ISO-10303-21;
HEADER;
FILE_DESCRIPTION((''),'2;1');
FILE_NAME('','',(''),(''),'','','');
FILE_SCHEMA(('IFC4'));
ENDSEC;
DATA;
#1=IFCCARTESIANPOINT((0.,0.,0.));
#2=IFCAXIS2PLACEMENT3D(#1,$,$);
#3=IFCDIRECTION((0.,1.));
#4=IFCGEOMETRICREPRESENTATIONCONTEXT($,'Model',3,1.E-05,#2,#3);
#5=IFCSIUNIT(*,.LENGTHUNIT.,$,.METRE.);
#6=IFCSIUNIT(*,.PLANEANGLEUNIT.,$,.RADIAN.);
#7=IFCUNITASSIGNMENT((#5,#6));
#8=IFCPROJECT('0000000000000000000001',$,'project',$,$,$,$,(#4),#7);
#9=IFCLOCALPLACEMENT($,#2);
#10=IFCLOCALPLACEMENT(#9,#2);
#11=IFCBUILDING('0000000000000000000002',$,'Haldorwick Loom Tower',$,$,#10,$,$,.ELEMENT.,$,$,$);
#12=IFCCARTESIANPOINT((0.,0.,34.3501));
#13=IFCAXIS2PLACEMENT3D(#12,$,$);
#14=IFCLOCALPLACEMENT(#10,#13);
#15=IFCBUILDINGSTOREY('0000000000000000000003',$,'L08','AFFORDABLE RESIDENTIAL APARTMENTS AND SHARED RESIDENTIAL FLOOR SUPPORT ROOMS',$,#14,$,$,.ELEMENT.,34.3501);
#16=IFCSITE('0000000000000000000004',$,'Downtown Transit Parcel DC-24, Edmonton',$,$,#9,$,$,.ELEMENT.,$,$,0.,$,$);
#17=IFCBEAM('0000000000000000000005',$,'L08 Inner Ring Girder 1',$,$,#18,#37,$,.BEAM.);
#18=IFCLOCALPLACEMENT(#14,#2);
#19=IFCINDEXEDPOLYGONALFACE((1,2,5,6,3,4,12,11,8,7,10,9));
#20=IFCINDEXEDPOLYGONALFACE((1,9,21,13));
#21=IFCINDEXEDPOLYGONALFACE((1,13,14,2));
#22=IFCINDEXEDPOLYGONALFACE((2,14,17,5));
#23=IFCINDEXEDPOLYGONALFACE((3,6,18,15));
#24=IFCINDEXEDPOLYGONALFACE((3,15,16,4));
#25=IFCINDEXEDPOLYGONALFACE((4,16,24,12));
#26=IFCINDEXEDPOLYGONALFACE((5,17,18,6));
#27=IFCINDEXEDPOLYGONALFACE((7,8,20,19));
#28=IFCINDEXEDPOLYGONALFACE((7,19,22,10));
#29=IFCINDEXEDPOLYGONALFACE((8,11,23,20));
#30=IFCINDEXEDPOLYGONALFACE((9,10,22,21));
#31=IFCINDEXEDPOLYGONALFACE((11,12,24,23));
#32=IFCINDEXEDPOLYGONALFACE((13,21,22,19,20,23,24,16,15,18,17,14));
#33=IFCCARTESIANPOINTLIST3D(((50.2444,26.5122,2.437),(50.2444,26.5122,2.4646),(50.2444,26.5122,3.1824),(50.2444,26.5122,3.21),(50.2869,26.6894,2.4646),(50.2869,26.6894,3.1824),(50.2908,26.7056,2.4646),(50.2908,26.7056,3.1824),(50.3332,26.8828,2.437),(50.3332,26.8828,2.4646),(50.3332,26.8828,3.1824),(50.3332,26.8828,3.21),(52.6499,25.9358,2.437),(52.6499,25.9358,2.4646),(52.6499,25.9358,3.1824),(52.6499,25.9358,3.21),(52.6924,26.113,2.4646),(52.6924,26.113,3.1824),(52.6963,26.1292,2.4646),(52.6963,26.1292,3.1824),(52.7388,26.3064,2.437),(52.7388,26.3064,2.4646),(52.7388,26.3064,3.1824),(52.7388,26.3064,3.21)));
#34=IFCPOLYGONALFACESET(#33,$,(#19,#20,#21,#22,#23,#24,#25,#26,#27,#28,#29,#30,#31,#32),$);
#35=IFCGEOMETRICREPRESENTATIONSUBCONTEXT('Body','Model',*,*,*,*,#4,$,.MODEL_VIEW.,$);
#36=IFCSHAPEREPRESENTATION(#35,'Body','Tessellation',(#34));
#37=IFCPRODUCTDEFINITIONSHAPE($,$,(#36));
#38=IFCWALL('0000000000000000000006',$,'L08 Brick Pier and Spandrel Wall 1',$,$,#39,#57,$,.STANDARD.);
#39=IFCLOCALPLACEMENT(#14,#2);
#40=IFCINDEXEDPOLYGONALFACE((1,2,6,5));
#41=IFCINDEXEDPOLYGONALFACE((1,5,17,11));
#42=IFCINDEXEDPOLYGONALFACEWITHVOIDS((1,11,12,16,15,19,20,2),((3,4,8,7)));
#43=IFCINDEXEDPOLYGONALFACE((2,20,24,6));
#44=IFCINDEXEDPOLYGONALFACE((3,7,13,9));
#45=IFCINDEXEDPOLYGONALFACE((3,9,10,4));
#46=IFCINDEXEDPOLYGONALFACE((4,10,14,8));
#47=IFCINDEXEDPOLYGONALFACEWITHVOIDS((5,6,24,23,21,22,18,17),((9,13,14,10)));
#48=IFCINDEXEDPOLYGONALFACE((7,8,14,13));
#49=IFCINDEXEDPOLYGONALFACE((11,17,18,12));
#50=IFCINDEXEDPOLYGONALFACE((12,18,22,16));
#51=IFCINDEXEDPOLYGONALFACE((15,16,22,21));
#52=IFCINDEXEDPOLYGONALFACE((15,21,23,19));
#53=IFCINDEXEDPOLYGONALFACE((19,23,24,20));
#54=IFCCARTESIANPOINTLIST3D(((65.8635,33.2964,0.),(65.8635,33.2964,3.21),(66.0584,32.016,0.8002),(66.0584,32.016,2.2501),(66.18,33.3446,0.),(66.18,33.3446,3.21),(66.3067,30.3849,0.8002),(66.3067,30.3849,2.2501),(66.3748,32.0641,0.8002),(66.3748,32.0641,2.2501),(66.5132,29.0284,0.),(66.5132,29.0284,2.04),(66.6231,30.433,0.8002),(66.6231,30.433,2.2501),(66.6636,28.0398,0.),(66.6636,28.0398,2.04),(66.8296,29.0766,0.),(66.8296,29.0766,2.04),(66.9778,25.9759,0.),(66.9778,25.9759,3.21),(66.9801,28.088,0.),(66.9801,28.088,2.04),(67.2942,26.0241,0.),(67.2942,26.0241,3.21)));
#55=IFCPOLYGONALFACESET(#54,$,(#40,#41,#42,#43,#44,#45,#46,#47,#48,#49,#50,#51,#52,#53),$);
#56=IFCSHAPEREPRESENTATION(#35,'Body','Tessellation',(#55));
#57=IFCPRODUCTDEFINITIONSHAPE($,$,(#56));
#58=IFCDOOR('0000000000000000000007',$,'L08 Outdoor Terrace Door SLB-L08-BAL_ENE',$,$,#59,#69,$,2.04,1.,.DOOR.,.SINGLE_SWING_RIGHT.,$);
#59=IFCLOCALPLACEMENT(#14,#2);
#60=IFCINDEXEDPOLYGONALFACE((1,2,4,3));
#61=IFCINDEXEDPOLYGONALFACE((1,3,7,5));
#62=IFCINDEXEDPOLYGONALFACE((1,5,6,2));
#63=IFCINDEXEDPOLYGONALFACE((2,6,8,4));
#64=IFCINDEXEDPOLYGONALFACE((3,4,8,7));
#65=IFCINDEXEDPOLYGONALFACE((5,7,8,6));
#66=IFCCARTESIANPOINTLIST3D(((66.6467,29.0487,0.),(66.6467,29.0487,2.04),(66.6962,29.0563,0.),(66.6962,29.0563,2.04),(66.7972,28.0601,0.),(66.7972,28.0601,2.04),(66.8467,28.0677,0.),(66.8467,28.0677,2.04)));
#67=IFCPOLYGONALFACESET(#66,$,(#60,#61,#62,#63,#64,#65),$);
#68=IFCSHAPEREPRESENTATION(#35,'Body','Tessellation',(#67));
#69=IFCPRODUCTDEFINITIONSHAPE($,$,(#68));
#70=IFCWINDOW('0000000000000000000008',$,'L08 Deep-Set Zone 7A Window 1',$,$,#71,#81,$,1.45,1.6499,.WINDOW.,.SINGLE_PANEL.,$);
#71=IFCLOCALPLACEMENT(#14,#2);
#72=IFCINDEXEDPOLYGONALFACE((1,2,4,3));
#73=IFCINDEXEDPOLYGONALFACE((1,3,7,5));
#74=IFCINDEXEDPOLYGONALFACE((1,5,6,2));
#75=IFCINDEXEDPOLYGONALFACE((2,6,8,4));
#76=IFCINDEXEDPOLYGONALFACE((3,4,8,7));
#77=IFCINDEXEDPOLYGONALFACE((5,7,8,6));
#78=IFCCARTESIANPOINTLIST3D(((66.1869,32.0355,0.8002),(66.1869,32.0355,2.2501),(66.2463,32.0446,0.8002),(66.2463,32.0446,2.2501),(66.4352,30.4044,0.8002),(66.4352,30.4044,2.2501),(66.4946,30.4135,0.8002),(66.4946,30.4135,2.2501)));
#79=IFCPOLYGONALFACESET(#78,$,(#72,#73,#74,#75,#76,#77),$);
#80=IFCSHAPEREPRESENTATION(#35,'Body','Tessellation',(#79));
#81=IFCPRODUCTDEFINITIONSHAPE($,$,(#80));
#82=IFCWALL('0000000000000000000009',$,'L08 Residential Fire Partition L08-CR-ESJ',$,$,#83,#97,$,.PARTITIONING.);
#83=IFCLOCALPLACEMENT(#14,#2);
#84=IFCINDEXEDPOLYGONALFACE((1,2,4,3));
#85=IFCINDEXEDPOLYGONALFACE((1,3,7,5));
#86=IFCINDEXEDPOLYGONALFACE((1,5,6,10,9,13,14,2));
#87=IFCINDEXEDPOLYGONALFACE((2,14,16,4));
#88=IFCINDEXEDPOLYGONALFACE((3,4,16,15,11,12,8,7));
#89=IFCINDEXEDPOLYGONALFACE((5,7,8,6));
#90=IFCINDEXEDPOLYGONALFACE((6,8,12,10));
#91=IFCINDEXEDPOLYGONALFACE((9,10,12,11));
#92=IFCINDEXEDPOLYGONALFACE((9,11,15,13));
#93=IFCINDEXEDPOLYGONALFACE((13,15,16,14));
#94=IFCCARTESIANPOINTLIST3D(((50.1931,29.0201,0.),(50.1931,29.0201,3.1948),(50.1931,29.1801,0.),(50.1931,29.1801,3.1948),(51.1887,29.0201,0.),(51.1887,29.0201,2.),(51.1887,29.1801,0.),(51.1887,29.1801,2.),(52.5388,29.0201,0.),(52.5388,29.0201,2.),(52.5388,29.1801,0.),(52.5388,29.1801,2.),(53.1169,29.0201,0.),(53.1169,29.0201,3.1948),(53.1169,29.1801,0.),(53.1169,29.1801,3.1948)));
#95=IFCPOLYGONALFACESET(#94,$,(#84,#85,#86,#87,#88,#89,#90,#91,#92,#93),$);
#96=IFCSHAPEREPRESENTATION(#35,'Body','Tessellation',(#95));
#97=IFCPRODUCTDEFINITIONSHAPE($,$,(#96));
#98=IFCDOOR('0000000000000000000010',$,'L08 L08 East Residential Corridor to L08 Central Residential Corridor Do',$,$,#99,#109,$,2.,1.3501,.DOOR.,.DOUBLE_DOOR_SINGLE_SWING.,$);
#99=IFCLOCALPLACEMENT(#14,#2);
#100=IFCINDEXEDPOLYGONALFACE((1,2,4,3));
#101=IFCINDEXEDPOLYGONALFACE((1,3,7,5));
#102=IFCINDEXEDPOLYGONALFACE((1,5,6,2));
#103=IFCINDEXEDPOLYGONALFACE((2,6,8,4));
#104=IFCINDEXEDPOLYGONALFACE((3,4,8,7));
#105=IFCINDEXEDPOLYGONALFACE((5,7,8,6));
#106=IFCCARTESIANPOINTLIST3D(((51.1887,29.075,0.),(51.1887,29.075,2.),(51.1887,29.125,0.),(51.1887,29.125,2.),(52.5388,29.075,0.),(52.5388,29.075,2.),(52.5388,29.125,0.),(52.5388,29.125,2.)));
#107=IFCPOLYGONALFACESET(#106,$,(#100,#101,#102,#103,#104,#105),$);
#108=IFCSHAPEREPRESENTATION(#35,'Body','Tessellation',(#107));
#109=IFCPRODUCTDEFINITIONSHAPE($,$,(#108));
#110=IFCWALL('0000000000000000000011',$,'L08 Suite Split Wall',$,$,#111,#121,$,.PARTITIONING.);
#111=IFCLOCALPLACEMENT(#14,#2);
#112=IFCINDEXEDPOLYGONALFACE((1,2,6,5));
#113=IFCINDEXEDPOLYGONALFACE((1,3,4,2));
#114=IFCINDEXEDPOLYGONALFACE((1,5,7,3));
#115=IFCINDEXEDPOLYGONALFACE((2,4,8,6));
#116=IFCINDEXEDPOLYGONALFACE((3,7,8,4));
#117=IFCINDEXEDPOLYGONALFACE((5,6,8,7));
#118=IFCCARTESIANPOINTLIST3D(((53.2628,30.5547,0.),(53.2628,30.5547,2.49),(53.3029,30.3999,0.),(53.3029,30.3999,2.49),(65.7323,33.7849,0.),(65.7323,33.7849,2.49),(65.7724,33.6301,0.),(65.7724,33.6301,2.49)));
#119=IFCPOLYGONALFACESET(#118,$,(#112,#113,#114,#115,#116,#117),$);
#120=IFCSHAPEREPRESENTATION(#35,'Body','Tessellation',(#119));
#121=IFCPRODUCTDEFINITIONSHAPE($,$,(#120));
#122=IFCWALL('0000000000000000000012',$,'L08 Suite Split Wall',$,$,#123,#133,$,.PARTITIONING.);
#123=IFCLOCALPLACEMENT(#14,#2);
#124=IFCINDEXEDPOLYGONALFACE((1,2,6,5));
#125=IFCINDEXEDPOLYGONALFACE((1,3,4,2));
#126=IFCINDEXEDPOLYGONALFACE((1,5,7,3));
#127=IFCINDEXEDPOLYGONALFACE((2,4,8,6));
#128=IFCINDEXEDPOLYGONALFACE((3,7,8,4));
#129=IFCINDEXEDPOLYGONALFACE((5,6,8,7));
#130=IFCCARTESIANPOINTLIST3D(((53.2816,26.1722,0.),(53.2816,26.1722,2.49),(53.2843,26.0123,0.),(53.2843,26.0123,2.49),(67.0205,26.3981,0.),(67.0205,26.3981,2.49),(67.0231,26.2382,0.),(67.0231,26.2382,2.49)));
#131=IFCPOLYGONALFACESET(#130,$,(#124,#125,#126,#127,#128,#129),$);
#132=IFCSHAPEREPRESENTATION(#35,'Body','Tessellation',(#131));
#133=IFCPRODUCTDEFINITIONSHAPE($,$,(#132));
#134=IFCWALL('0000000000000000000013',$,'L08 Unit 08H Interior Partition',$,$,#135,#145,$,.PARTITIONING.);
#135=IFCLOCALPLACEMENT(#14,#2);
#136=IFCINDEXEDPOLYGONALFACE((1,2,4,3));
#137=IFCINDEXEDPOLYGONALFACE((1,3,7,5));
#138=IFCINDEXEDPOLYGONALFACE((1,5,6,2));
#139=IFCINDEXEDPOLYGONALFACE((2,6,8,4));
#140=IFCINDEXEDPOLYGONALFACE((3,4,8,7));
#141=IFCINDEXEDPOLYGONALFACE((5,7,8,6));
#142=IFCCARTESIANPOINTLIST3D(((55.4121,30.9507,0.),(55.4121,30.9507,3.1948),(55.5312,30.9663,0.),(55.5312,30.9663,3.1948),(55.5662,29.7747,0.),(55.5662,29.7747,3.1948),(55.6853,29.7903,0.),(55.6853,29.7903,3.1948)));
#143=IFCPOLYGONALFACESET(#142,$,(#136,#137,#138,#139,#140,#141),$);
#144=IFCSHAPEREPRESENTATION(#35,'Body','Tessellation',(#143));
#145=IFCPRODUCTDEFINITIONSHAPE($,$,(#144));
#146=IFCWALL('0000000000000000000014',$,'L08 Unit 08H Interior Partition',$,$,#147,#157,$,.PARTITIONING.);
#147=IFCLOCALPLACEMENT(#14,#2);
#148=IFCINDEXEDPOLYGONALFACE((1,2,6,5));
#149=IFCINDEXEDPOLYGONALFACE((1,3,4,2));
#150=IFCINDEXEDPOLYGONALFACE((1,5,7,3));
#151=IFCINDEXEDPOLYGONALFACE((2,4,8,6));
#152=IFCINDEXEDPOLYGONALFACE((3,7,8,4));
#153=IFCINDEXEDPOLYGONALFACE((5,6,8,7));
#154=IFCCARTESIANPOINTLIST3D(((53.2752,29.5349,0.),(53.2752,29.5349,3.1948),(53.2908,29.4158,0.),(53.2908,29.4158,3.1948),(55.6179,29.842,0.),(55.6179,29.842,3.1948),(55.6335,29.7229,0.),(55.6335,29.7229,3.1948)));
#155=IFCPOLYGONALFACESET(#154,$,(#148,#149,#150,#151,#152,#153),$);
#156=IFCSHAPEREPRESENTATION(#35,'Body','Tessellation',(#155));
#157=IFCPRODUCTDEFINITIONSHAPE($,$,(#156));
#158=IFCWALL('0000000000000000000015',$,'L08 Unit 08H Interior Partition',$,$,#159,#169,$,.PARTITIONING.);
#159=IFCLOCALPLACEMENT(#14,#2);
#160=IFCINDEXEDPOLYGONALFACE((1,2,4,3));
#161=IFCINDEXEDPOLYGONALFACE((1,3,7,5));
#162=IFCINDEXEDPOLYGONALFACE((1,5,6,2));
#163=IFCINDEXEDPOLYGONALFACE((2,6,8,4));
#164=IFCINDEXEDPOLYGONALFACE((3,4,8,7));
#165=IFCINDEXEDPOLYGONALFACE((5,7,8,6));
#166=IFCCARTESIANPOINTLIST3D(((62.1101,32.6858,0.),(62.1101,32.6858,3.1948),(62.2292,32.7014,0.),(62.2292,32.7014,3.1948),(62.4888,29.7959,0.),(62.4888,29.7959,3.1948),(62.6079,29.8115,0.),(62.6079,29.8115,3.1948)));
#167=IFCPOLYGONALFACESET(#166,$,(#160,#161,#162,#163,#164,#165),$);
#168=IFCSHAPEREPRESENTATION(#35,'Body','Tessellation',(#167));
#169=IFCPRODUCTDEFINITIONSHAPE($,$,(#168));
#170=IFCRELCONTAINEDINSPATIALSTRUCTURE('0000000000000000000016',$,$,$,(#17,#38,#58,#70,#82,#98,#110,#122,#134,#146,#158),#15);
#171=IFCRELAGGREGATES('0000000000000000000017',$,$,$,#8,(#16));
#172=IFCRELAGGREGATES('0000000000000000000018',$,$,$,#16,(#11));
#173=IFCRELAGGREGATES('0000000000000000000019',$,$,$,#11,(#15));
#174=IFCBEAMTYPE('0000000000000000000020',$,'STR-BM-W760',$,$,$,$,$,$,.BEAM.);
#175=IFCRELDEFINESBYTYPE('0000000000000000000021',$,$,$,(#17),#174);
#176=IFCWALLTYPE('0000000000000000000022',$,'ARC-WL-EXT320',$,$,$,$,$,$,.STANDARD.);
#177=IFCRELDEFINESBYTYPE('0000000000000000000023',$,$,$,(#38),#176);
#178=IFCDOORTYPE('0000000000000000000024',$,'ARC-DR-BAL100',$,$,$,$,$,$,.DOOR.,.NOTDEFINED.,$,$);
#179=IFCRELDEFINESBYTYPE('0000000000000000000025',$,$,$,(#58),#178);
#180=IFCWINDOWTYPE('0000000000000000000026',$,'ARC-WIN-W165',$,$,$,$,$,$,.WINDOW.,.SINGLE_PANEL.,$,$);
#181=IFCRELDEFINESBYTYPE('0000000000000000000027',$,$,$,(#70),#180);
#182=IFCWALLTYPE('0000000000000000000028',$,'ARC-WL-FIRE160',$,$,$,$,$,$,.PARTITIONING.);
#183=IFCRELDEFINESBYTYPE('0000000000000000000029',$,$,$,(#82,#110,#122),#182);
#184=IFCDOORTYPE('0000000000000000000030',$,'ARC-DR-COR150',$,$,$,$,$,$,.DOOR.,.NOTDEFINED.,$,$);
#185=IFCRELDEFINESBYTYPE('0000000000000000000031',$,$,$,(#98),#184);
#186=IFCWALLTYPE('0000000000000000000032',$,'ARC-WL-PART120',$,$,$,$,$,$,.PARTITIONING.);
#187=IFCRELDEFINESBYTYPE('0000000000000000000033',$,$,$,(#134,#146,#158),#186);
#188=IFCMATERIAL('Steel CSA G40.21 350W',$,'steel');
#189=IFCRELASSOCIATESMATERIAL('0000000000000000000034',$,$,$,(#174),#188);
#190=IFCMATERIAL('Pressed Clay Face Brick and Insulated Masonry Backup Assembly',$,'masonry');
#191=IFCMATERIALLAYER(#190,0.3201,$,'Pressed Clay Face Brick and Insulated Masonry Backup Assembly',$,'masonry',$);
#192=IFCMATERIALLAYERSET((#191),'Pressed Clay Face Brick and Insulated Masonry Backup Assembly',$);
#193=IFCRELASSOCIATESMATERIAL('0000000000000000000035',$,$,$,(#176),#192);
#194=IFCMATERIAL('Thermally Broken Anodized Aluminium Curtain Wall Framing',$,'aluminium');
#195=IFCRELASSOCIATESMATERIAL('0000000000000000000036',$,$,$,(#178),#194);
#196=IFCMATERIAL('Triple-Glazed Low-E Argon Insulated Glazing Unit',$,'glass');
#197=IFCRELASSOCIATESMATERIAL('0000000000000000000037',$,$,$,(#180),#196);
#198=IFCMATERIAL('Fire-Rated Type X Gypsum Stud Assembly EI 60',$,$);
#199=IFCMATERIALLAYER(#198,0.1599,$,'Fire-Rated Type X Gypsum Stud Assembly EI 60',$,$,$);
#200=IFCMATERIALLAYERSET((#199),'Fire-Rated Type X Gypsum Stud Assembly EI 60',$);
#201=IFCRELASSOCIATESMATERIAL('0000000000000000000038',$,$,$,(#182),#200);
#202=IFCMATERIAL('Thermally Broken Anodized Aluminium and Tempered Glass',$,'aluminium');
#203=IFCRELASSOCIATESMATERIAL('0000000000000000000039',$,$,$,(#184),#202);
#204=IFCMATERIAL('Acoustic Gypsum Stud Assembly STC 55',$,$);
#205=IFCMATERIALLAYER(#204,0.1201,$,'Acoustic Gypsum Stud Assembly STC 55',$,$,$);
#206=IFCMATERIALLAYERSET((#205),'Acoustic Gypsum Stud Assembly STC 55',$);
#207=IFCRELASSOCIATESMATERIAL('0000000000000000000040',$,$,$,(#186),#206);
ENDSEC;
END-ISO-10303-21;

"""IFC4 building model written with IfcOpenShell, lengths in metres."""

from ifc_helpers import new_model, si_unit, direction, frame, frame_2d, origin, origin_2d, place, context, subcontext, project, spatial, rectangle, i_section, extrude, material, layer, layer_set, material_profile, profile_set, type_object, element, fill, save


model = new_model("IFC4")

# Units and contexts
model_context = context("Model", 3, precision=1e-05, world=origin(), true_north=direction((0.0, 1.0)))
body_context = subcontext(model_context, "Body", "Model", "MODEL_VIEW")
ifc_project = project(units=[si_unit("LENGTHUNIT", "METRE"), si_unit("PLANEANGLEUNIT", "RADIAN")], contexts=[model_context])

# Site, building, storey
site_placement = place(None, origin())
site = spatial("IfcSite", under=ifc_project, at=site_placement, Name="Downtown Transit Parcel DC-24, Edmonton", CompositionType="ELEMENT", RefElevation=0.0)
building_placement = place(site_placement, origin())
building = spatial("IfcBuilding", under=site, at=building_placement, Name="Haldorwick Loom Tower", CompositionType="ELEMENT")
storey_placement = place(building_placement, frame((0.0, 0.0, 34.3501)))
storey = spatial("IfcBuildingStorey", under=building, at=storey_placement, Name="L08", Description="AFFORDABLE RESIDENTIAL APARTMENTS AND SHARED RESIDENTIAL FLOOR SUPPORT ROOMS", CompositionType="ELEMENT", Elevation=34.3501)

# Beam
ifc_material_1 = material(Name="Steel CSA G40.21 350W", Category="steel")
ifc_material_profile_1 = material_profile(ifc_material_1, i_section(OverallWidth=0.3811, OverallDepth=0.7729, WebThickness=0.0166, FlangeThickness=0.0276, at=origin_2d()), Name="W760X257", Category="steel")
ifc_profile_set_1 = profile_set([ifc_material_profile_1], Name="Steel CSA G40.21 350W")
beam_type_1 = type_object("IfcBeamType", Name="STR-BM-W760", PredefinedType="BEAM", material=ifc_profile_set_1)
beam_1_placement = place(storey_placement, frame((50.2888, 26.6975, 2.8235), z_axis=(0.972471, -0.233026, 0.0), x_axis=(0.233026, 0.972471, 0.0)))
element("IfcBeam", 1, at=beam_1_placement, inside=storey, type_object=beam_type_1, Name="L08 Inner Ring Girder 1", PredefinedType="BEAM", context=body_context, shape_type="SweptSolid", body=[
    extrude(i_section(OverallWidth=0.3811, OverallDepth=0.7729, WebThickness=0.0166, FlangeThickness=0.0276, at=origin_2d()), origin(), (0.0, 0.0, 1.0), 2.4736),
])

# Wall, openings, door, window
ifc_material_2 = material(Name="Pressed Clay Face Brick and Insulated Masonry Backup Assembly", Category="masonry")
ifc_layer_1 = layer(ifc_material_2, 0.3201, Name="Pressed Clay Face Brick and Insulated Masonry Backup Assembly", Category="masonry")
ifc_layer_set_1 = layer_set([ifc_layer_1], Name="Pressed Clay Face Brick and Insulated Masonry Backup Assembly")
wall_type_1 = type_object("IfcWallType", Name="ARC-WL-EXT320", PredefinedType="STANDARD", material=ifc_layer_set_1)
wall_1_placement = place(storey_placement, frame((67.136, 26.0, 0.0), z_axis=(0.0, 0.0, 1.0), x_axis=(-0.150476, 0.988614, 0.0)))
wall_1 = element("IfcWall", 2, at=wall_1_placement, inside=storey, type_object=wall_type_1, Name="L08 Brick Pier and Spandrel Wall 1", PredefinedType="STANDARD", context=body_context, shape_type="SweptSolid", body=[
    extrude(rectangle(XDim=7.4048, YDim=0.3201, at=frame_2d((3.7024, 0.0))), origin(), (0.0, 0.0, 1.0), 3.21),
])
opening_1_placement = place(wall_1_placement, frame((2.0876, 0.0, 0.0)))
opening_1 = element("IfcOpeningElement", 3, at=opening_1_placement, cuts=wall_1, PredefinedType="OPENING", context=body_context, shape_type="SweptSolid", body=[
    extrude(rectangle(XDim=1.0, YDim=2.04, at=frame_2d((0.5, 1.02))), frame((0.0, 0.1699, 0.0), z_axis=(0.0, -1.0, 0.0), x_axis=(1.0, 0.0, 0.0)), (0.0, 0.0, 1.0), 0.3401),
])
opening_2_placement = place(wall_1_placement, frame((4.4597, 0.0, 0.8)))
opening_2 = element("IfcOpeningElement", 4, at=opening_2_placement, cuts=wall_1, PredefinedType="OPENING", context=body_context, shape_type="SweptSolid", body=[
    extrude(rectangle(XDim=1.6499, YDim=1.45, at=frame_2d((0.825, 0.7251))), frame((0.0, 0.1699, 0.0), z_axis=(0.0, -1.0, 0.0), x_axis=(1.0, 0.0, 0.0)), (0.0, 0.0, 1.0), 0.3401),
])
ifc_material_3 = material(Name="Thermally Broken Anodized Aluminium Curtain Wall Framing", Category="aluminium")
door_type_1 = type_object("IfcDoorType", Name="ARC-DR-BAL100", OperationType="NOTDEFINED", PredefinedType="DOOR", material=ifc_material_3)
door_1_placement = place(opening_1_placement, origin())
door_1 = element("IfcDoor", 5, at=door_1_placement, inside=storey, type_object=door_type_1, Name="L08 Outdoor Terrace Door SLB-L08-BAL_ENE", OperationType="SINGLE_SWING_RIGHT", OverallHeight=2.04, OverallWidth=1.0, PredefinedType="DOOR", context=body_context, shape_type="SweptSolid", body=[
    extrude(rectangle(XDim=1.0, YDim=2.04, at=frame_2d((0.5, 1.02))), frame((0.0, 0.0249, 0.0), z_axis=(0.0, -1.0, 0.0), x_axis=(1.0, 0.0, 0.0)), (0.0, 0.0, 1.0), 0.05),
])
fill(opening_1, door_1)
ifc_material_4 = material(Name="Triple-Glazed Low-E Argon Insulated Glazing Unit", Category="glass")
window_type = type_object("IfcWindowType", Name="ARC-WIN-W165", PartitioningType="SINGLE_PANEL", PredefinedType="WINDOW", material=ifc_material_4)
window_placement = place(opening_2_placement, origin())
window = element("IfcWindow", 6, at=window_placement, inside=storey, type_object=window_type, Name="L08 Deep-Set Zone 7A Window 1", OverallHeight=1.45, OverallWidth=1.6499, PartitioningType="SINGLE_PANEL", PredefinedType="WINDOW", context=body_context, shape_type="SweptSolid", body=[
    extrude(rectangle(XDim=1.6499, YDim=1.45, at=frame_2d((0.825, 0.7251))), frame((0.0, 0.03, 0.0), z_axis=(0.0, -1.0, 0.0), x_axis=(1.0, 0.0, 0.0)), (0.0, 0.0, 1.0), 0.0601),
])
fill(opening_2, window)

# Wall, opening, door
ifc_material_5 = material(Name="Fire-Rated Type X Gypsum Stud Assembly EI 60")
ifc_layer_2 = layer(ifc_material_5, 0.1599, Name="Fire-Rated Type X Gypsum Stud Assembly EI 60")
ifc_layer_set_2 = layer_set([ifc_layer_2], Name="Fire-Rated Type X Gypsum Stud Assembly EI 60")
wall_type_2 = type_object("IfcWallType", Name="ARC-WL-FIRE160", PredefinedType="PARTITIONING", material=ifc_layer_set_2)
wall_2_placement = place(storey_placement, frame((50.1931, 29.1001, 0.0), z_axis=(0.0, 0.0, 1.0), x_axis=(1.0, 0.0, 0.0)))
wall_2 = element("IfcWall", 7, at=wall_2_placement, inside=storey, type_object=wall_type_2, Name="L08 Residential Fire Partition L08-CR-ESJ", PredefinedType="PARTITIONING", context=body_context, shape_type="SweptSolid", body=[
    extrude(rectangle(XDim=2.9238, YDim=0.1599, at=frame_2d((1.4619, 0.0))), origin(), (0.0, 0.0, 1.0), 3.1948),
])
opening_3_placement = place(wall_2_placement, frame((0.9956, 0.0, 0.0)))
opening_3 = element("IfcOpeningElement", 8, at=opening_3_placement, cuts=wall_2, PredefinedType="OPENING", context=body_context, shape_type="SweptSolid", body=[
    extrude(rectangle(XDim=1.3501, YDim=2.0, at=frame_2d((0.675, 1.0))), frame((0.0, 0.0898, 0.0), z_axis=(0.0, -1.0, 0.0), x_axis=(1.0, 0.0, 0.0)), (0.0, 0.0, 1.0), 0.1799),
])
ifc_material_6 = material(Name="Thermally Broken Anodized Aluminium and Tempered Glass", Category="aluminium")
door_type_2 = type_object("IfcDoorType", Name="ARC-DR-COR150", OperationType="NOTDEFINED", PredefinedType="DOOR", material=ifc_material_6)
door_2_placement = place(opening_3_placement, origin())
door_2 = element("IfcDoor", 9, at=door_2_placement, inside=storey, type_object=door_type_2, Name="L08 L08 East Residential Corridor to L08 Central Residential Corridor Do", OperationType="DOUBLE_DOOR_SINGLE_SWING", OverallHeight=2.0, OverallWidth=1.3501, PredefinedType="DOOR", context=body_context, shape_type="SweptSolid", body=[
    extrude(rectangle(XDim=1.3501, YDim=2.0, at=frame_2d((0.675, 1.0))), frame((0.0, 0.0249, 0.0), z_axis=(0.0, -1.0, 0.0), x_axis=(1.0, 0.0, 0.0)), (0.0, 0.0, 1.0), 0.05),
])
fill(opening_3, door_2)

# Walls
wall_3_placement = place(storey_placement, frame((53.283, 30.4773, 0.0), z_axis=(0.0, 0.0, 1.0), x_axis=(0.968046, 0.250773, 0.0)))
element("IfcWall", 10, at=wall_3_placement, inside=storey, type_object=wall_type_2, Name="L08 Suite Split Wall", PredefinedType="PARTITIONING", context=body_context, shape_type="SweptSolid", body=[
    extrude(rectangle(XDim=12.8811, YDim=0.1599, at=frame_2d((6.4404, 0.0))), origin(), (0.0, 0.0, 1.0), 2.49),
])
wall_4_placement = place(storey_placement, frame((53.283, 26.0923, 0.0), z_axis=(0.0, 0.0, 1.0), x_axis=(0.999865, 0.016435, 0.0)))
element("IfcWall", 11, at=wall_4_placement, inside=storey, type_object=wall_type_2, Name="L08 Suite Split Wall", PredefinedType="PARTITIONING", context=body_context, shape_type="SweptSolid", body=[
    extrude(rectangle(XDim=13.7407, YDim=0.1599, at=frame_2d((6.8704, 0.0))), origin(), (0.0, 0.0, 1.0), 2.49),
])
ifc_material_7 = material(Name="Acoustic Gypsum Stud Assembly STC 55")
ifc_layer_3 = layer(ifc_material_7, 0.1201, Name="Acoustic Gypsum Stud Assembly STC 55")
ifc_layer_set_3 = layer_set([ifc_layer_3], Name="Acoustic Gypsum Stud Assembly STC 55")
wall_type_3 = type_object("IfcWallType", Name="ARC-WL-PART120", PredefinedType="PARTITIONING", material=ifc_layer_set_3)
wall_5_placement = place(storey_placement, frame((55.6257, 29.7825, 0.0), z_axis=(0.0, 0.0, 1.0), x_axis=(-0.129885, 0.991529, 0.0)))
element("IfcWall", 12, at=wall_5_placement, inside=storey, type_object=wall_type_3, Name="L08 Unit 08H Interior Partition", PredefinedType="PARTITIONING", context=body_context, shape_type="SweptSolid", body=[
    extrude(rectangle(XDim=1.186, YDim=0.1201, at=frame_2d((0.593, 0.0))), origin(), (0.0, 0.0, 1.0), 3.1948),
])
wall_6_placement = place(storey_placement, frame((53.283, 29.4753, 0.0), z_axis=(0.0, 0.0, 1.0), x_axis=(0.991516, 0.129984, 0.0)))
element("IfcWall", 13, at=wall_6_placement, inside=storey, type_object=wall_type_3, Name="L08 Unit 08H Interior Partition", PredefinedType="PARTITIONING", context=body_context, shape_type="SweptSolid", body=[
    extrude(rectangle(XDim=2.3628, YDim=0.1201, at=frame_2d((1.1814, 0.0))), origin(), (0.0, 0.0, 1.0), 3.1948),
])
wall_7_placement = place(storey_placement, frame((62.5483, 29.8037, 0.0), z_axis=(0.0, 0.0, 1.0), x_axis=(-0.129919, 0.991525, 0.0)))
element("IfcWall", 14, at=wall_7_placement, inside=storey, type_object=wall_type_3, Name="L08 Unit 08H Interior Partition", PredefinedType="PARTITIONING", context=body_context, shape_type="SweptSolid", body=[
    extrude(rectangle(XDim=2.9146, YDim=0.1201, at=frame_2d((1.4573, 0.0))), origin(), (0.0, 0.0, 1.0), 3.1948),
])

save(model, "model.ifc")
